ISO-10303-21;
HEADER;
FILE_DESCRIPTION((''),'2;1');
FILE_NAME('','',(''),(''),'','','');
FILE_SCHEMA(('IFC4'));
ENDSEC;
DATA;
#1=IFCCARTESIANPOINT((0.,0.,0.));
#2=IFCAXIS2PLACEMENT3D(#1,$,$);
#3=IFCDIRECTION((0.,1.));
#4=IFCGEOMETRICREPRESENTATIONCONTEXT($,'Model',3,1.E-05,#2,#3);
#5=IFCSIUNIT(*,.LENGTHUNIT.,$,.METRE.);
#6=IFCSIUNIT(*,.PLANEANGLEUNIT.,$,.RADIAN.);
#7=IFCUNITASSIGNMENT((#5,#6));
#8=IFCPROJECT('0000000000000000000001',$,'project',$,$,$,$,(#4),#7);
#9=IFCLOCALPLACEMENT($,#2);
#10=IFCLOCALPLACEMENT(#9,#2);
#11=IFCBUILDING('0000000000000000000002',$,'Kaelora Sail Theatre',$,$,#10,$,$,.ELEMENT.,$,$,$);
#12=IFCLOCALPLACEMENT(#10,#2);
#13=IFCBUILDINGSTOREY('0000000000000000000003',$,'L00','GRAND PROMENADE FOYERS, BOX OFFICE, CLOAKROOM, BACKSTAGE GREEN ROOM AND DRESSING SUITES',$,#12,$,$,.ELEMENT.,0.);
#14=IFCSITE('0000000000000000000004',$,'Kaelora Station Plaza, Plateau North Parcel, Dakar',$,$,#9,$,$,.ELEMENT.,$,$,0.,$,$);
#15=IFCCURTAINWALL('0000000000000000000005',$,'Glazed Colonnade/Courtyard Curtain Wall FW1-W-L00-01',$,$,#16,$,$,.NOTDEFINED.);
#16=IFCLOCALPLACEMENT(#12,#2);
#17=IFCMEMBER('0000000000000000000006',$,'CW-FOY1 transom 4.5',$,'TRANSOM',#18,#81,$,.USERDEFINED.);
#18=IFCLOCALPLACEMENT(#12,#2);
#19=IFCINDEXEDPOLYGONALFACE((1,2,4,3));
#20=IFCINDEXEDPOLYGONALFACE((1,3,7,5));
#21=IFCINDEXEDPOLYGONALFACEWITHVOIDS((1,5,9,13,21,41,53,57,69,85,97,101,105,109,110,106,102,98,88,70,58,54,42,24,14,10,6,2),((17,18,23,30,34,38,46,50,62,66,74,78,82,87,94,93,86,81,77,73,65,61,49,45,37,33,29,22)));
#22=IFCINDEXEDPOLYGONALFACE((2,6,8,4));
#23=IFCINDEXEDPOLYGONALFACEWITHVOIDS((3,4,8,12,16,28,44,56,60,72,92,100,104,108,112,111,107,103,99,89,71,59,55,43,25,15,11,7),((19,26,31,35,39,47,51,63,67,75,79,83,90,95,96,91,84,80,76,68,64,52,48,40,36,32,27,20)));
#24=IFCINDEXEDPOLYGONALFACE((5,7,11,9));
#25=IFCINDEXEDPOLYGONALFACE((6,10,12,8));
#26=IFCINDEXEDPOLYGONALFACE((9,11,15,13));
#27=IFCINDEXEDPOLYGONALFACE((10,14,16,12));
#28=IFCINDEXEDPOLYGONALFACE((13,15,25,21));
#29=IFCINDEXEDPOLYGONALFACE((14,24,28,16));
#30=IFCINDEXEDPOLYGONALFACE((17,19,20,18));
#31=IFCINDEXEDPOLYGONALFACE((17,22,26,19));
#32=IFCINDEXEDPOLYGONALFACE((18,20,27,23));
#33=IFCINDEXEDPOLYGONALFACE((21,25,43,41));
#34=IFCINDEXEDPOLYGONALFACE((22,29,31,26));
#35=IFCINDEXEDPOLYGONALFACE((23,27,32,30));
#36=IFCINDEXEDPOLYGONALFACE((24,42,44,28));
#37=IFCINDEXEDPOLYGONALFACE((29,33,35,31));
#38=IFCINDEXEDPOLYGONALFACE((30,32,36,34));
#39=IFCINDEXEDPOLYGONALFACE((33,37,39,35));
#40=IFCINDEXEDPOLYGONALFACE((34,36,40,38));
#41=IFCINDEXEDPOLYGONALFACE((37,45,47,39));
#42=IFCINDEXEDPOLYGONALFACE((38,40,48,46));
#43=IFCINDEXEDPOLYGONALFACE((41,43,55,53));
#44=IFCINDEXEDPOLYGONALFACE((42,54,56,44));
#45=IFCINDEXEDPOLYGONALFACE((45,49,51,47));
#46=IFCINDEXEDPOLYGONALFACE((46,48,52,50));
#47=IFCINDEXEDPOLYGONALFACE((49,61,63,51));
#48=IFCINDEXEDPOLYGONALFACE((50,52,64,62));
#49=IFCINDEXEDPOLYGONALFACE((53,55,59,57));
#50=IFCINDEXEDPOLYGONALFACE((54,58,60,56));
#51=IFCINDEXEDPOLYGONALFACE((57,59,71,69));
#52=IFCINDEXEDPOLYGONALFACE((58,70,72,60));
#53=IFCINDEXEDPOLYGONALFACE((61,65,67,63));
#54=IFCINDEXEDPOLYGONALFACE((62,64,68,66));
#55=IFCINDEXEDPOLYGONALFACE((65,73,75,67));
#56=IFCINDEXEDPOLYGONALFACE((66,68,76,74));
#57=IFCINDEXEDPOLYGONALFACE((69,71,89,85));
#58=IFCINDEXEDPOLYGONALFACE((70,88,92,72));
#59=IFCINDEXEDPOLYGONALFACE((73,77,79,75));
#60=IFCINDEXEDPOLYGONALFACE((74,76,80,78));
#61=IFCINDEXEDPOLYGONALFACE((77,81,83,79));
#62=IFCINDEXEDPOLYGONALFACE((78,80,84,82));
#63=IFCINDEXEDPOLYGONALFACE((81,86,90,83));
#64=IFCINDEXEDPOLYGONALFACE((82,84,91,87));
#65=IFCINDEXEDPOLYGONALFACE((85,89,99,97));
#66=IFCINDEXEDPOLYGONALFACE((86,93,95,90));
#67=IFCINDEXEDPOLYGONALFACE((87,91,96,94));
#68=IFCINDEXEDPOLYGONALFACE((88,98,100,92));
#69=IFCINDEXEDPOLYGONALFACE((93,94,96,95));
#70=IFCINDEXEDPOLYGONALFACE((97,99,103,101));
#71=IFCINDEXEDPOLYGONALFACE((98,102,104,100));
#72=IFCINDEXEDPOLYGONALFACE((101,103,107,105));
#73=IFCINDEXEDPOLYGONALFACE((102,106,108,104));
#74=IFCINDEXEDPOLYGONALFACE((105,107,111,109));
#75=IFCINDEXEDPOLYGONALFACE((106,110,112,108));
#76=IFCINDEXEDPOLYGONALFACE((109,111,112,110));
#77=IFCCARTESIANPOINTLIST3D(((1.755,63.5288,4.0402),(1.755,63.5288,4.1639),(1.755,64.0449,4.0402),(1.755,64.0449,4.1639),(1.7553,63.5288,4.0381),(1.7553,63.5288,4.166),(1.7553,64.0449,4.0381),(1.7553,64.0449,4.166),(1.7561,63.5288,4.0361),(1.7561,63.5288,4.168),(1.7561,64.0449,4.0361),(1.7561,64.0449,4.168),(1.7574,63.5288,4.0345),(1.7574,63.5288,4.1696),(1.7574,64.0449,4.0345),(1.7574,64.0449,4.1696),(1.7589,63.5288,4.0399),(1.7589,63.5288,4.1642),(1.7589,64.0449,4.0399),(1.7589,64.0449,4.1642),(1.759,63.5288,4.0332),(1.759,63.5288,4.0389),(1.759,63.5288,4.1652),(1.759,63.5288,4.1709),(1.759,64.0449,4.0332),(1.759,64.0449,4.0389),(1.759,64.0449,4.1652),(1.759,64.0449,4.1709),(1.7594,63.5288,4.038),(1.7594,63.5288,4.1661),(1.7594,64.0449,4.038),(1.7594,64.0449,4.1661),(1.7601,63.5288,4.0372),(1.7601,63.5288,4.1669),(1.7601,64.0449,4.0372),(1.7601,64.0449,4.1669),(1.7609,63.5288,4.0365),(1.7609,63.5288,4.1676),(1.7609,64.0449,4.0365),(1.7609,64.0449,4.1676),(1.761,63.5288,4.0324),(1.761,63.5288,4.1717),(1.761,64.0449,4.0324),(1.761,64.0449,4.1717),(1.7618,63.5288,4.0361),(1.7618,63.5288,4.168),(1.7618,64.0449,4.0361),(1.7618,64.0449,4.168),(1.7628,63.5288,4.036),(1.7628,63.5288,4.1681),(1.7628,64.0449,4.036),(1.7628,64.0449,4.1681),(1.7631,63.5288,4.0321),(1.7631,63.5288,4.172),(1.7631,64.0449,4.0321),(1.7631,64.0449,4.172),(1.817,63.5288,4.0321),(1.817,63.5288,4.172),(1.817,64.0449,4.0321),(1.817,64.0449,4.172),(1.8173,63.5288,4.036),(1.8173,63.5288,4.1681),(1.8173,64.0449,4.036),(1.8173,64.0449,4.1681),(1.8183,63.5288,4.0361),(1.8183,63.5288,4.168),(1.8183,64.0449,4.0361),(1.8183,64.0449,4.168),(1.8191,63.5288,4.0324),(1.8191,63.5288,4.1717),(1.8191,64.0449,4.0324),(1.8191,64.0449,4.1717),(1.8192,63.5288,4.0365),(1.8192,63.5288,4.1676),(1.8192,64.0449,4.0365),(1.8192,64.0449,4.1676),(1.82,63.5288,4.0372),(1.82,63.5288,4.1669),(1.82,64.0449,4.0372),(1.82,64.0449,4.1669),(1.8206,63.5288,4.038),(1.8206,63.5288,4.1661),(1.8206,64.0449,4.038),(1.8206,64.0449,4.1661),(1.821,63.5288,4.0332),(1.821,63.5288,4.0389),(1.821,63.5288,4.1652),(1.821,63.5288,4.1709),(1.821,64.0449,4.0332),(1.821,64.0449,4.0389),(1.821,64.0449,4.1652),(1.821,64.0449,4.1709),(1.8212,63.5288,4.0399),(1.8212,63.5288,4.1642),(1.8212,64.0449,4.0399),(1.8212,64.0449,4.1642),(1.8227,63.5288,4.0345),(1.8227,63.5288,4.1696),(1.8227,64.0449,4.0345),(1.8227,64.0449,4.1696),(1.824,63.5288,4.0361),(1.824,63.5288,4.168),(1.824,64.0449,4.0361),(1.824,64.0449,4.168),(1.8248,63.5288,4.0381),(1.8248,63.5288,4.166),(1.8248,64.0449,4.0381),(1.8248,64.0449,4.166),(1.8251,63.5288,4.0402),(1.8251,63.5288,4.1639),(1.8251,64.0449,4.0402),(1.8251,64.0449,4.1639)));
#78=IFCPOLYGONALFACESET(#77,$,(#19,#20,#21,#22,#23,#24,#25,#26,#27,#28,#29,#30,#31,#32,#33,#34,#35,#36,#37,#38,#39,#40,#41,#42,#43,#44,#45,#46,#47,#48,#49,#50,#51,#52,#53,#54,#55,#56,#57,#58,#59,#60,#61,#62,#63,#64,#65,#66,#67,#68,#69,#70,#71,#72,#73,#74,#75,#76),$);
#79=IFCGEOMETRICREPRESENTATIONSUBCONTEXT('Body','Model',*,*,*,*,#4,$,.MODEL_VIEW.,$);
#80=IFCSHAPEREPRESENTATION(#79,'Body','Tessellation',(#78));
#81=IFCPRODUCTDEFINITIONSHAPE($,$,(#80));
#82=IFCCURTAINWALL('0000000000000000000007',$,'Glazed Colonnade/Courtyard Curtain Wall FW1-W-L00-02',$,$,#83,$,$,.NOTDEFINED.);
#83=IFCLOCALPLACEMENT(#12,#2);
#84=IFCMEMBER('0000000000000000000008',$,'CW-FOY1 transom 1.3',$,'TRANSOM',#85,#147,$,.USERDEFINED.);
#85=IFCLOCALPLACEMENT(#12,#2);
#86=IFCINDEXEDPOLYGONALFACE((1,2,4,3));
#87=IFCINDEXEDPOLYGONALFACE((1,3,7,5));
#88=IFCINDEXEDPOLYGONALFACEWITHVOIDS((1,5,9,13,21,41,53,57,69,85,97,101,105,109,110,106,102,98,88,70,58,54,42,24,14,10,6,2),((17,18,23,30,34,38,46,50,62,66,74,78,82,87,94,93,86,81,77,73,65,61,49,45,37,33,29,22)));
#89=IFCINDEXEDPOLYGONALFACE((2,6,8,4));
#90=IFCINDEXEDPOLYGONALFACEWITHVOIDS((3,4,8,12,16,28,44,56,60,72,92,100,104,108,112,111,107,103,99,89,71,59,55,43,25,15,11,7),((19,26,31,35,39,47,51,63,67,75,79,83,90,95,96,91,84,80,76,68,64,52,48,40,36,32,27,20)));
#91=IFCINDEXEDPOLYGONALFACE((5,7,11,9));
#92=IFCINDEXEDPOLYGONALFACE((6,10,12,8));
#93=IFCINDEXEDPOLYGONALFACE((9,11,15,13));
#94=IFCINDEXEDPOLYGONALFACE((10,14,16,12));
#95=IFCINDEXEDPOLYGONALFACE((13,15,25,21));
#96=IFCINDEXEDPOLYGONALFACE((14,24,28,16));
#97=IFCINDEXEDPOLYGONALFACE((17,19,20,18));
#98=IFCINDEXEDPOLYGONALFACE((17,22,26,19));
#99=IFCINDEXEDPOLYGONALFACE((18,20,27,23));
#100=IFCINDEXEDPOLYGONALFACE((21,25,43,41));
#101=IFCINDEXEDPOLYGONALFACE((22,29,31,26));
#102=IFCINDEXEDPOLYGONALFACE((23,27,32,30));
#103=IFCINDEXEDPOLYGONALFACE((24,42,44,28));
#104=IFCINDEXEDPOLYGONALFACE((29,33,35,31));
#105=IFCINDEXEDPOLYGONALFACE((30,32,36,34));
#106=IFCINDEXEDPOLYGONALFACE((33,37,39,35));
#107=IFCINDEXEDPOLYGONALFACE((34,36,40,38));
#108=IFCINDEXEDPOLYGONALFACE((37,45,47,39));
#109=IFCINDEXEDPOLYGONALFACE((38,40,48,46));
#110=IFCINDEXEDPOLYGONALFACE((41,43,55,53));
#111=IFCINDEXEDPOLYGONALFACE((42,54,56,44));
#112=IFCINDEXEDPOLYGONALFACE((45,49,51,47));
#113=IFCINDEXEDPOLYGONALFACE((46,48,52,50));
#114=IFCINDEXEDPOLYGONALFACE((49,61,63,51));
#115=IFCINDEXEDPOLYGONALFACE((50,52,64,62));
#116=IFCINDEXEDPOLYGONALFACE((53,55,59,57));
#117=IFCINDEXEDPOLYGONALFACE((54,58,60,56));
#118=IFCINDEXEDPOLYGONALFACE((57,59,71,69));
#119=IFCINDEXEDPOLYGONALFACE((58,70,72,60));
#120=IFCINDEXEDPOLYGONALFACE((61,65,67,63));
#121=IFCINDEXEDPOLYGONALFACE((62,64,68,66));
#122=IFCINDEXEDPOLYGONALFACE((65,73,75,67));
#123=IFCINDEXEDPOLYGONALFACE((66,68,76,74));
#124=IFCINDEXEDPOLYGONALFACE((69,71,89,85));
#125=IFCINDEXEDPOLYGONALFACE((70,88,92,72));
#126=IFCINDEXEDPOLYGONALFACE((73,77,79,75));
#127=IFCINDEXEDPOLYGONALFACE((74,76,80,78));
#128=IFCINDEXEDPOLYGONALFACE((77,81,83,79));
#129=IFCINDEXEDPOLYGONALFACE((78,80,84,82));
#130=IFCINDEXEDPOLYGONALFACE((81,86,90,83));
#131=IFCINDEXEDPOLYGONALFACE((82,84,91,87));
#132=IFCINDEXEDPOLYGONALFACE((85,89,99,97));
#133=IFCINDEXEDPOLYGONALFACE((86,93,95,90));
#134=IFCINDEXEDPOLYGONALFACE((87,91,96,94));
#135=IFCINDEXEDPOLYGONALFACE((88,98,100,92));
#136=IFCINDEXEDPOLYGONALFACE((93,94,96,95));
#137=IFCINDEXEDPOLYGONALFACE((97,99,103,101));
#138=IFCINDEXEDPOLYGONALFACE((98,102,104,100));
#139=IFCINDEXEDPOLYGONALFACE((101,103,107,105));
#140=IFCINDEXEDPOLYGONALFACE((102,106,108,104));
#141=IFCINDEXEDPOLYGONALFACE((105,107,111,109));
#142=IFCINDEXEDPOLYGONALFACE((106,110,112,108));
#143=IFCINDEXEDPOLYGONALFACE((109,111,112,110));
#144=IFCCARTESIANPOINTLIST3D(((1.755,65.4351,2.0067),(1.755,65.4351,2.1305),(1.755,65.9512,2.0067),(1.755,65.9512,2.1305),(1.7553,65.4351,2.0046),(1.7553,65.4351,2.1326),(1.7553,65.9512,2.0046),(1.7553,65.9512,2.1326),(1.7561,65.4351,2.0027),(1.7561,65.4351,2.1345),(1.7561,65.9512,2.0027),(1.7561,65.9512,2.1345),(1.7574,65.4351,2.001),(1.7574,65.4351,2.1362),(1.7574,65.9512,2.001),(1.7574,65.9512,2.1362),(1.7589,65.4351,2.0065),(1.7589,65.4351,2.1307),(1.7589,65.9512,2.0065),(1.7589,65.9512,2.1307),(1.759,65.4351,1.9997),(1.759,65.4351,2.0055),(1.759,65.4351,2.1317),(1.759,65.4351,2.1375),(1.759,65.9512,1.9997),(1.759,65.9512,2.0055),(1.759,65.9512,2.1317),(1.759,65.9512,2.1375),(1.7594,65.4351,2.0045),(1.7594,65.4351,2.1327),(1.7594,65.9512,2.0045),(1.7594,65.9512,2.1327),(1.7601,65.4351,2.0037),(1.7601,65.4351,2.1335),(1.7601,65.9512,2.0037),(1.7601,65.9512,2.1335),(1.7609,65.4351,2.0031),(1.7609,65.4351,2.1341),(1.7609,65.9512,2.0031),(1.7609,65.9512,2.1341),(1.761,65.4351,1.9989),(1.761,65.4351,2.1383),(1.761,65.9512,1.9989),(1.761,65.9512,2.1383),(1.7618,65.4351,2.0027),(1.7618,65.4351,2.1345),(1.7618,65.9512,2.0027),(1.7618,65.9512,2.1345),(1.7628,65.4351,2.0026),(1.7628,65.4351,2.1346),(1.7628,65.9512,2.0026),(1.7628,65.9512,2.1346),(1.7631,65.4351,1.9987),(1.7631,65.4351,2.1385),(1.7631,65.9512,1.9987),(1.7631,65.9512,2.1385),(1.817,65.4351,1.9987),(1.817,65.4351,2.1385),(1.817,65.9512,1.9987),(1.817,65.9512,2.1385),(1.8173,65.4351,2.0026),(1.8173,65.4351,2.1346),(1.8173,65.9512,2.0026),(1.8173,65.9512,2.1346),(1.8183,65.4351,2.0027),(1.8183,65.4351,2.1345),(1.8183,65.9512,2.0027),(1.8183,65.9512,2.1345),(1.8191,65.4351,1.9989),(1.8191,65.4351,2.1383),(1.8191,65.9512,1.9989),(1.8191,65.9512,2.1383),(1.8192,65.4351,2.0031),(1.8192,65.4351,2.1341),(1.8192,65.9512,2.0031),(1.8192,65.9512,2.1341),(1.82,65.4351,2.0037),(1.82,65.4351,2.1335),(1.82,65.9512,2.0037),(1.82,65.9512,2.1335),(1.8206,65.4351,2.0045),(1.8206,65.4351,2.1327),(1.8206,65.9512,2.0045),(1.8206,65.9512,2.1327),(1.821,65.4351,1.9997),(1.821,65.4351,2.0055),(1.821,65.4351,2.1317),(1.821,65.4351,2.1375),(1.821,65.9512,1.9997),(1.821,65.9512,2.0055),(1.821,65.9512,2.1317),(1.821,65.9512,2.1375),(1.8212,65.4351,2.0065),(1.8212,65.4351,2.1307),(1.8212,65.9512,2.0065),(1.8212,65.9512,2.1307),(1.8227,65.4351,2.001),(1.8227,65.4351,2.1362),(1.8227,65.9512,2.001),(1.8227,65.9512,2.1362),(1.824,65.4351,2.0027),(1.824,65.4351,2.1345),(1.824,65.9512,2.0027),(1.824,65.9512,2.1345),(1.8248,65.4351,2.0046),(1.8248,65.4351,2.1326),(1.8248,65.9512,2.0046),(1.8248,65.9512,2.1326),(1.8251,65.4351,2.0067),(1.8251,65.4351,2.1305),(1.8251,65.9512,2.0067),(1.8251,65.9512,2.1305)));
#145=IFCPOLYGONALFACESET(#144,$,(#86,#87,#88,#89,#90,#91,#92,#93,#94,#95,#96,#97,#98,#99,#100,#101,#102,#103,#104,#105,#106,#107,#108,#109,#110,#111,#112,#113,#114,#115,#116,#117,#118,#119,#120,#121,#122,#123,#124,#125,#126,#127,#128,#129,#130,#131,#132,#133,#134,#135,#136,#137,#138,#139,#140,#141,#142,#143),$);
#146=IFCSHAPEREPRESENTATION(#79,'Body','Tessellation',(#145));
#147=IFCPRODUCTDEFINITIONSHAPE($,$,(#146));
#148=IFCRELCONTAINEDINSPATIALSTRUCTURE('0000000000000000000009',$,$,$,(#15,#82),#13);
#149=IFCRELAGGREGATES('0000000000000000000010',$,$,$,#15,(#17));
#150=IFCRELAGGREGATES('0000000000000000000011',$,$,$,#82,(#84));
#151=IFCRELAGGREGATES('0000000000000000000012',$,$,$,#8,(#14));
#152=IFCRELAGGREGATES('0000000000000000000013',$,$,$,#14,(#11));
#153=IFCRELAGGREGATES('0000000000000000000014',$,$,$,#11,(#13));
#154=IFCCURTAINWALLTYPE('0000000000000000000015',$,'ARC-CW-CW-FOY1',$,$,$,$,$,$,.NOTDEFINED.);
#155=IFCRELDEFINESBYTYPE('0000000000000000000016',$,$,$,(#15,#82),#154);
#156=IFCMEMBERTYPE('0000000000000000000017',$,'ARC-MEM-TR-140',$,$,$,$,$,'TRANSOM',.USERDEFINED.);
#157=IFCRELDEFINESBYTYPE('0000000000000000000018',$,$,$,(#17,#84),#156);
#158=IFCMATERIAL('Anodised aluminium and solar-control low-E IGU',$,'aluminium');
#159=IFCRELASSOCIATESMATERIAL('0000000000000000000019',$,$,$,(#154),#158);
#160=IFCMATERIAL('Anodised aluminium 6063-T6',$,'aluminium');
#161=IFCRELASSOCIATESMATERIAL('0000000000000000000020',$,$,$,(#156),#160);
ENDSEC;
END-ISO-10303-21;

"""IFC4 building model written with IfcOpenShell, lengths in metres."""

from ifc_helpers import new_model, si_unit, direction, frame, origin, origin_2d, place, context, subcontext, project, spatial, hollow_rectangle, extrude, material, material_profile, profile_set, type_object, element, aggregate, save


model = new_model("IFC4")

# Units and contexts
model_context = context("Model", 3, precision=1e-05, world=origin(), true_north=direction((0.0, 1.0)))
body_context = subcontext(model_context, "Body", "Model", "MODEL_VIEW")
ifc_project = project(units=[si_unit("LENGTHUNIT", "METRE"), si_unit("PLANEANGLEUNIT", "RADIAN")], contexts=[model_context])

# Site, building, storey
site_placement = place(None, origin())
site = spatial("IfcSite", under=ifc_project, at=site_placement, Name="Kaelora Station Plaza, Plateau North Parcel, Dakar", CompositionType="ELEMENT", RefElevation=0.0)
building_placement = place(site_placement, origin())
building = spatial("IfcBuilding", under=site, at=building_placement, Name="Kaelora Sail Theatre", CompositionType="ELEMENT")
storey_placement = place(building_placement, origin())
storey = spatial("IfcBuildingStorey", under=building, at=storey_placement, Name="L00", Description="GRAND PROMENADE FOYERS, BOX OFFICE, CLOAKROOM, BACKSTAGE GREEN ROOM AND DRESSING SUITES", CompositionType="ELEMENT", Elevation=0.0)

# Curtain wall, member
ifc_material_1 = material(Name="Anodised aluminium and solar-control low-E IGU", Category="aluminium")
curtain_wall_type = type_object("IfcCurtainWallType", Name="ARC-CW-CW-FOY1", PredefinedType="NOTDEFINED", material=ifc_material_1)
curtain_wall_1_placement = place(storey_placement, origin())
curtain_wall_1 = element("IfcCurtainWall", 1, at=curtain_wall_1_placement, inside=storey, type_object=curtain_wall_type, Name="Glazed Colonnade/Courtyard Curtain Wall FW1-W-L00-01", PredefinedType="NOTDEFINED")
ifc_material_2 = material(Name="Anodised aluminium 6063-T6", Category="aluminium")
ifc_material_profile = material_profile(ifc_material_2, hollow_rectangle(XDim=0.0701, YDim=0.1399, WallThickness=0.0039, InnerFilletRadius=0.0039, OuterFilletRadius=0.0081, at=origin_2d()), Name="ALU-TRAN 70x140x4")
ifc_profile_set = profile_set([ifc_material_profile], Name="Anodised aluminium 6063-T6")
member_type = type_object("IfcMemberType", Name="ARC-MEM-TR-140", ElementType="TRANSOM", PredefinedType="USERDEFINED", material=ifc_profile_set)
member_1_placement = place(storey_placement, frame((1.79, 63.5288, 4.1021), z_axis=(0.0, 1.0, 0.0), x_axis=(-1.0, 0.0, 0.0)))
member_1 = element("IfcMember", 2, at=member_1_placement, type_object=member_type, Name="CW-FOY1 transom 4.5", ObjectType="TRANSOM", PredefinedType="USERDEFINED", context=body_context, shape_type="SweptSolid", body=[
    extrude(hollow_rectangle(XDim=0.0701, YDim=0.1399, WallThickness=0.0039, InnerFilletRadius=0.0039, OuterFilletRadius=0.0081, at=origin_2d()), origin(), (0.0, 0.0, 1.0), 0.5161),
])

# Curtain wall, member
curtain_wall_2_placement = place(storey_placement, origin())
curtain_wall_2 = element("IfcCurtainWall", 3, at=curtain_wall_2_placement, inside=storey, type_object=curtain_wall_type, Name="Glazed Colonnade/Courtyard Curtain Wall FW1-W-L00-02", PredefinedType="NOTDEFINED")
member_2_placement = place(storey_placement, frame((1.79, 65.4351, 2.0686), z_axis=(0.0, 1.0, 0.0), x_axis=(-1.0, 0.0, 0.0)))
member_2 = element("IfcMember", 4, at=member_2_placement, type_object=member_type, Name="CW-FOY1 transom 1.3", ObjectType="TRANSOM", PredefinedType="USERDEFINED", context=body_context, shape_type="SweptSolid", body=[
    extrude(hollow_rectangle(XDim=0.0701, YDim=0.1399, WallThickness=0.0039, InnerFilletRadius=0.0039, OuterFilletRadius=0.0081, at=origin_2d()), origin(), (0.0, 0.0, 1.0), 0.5161),
])

aggregate(curtain_wall_1, [member_1])
aggregate(curtain_wall_2, [member_2])

save(model, "model.ifc")
